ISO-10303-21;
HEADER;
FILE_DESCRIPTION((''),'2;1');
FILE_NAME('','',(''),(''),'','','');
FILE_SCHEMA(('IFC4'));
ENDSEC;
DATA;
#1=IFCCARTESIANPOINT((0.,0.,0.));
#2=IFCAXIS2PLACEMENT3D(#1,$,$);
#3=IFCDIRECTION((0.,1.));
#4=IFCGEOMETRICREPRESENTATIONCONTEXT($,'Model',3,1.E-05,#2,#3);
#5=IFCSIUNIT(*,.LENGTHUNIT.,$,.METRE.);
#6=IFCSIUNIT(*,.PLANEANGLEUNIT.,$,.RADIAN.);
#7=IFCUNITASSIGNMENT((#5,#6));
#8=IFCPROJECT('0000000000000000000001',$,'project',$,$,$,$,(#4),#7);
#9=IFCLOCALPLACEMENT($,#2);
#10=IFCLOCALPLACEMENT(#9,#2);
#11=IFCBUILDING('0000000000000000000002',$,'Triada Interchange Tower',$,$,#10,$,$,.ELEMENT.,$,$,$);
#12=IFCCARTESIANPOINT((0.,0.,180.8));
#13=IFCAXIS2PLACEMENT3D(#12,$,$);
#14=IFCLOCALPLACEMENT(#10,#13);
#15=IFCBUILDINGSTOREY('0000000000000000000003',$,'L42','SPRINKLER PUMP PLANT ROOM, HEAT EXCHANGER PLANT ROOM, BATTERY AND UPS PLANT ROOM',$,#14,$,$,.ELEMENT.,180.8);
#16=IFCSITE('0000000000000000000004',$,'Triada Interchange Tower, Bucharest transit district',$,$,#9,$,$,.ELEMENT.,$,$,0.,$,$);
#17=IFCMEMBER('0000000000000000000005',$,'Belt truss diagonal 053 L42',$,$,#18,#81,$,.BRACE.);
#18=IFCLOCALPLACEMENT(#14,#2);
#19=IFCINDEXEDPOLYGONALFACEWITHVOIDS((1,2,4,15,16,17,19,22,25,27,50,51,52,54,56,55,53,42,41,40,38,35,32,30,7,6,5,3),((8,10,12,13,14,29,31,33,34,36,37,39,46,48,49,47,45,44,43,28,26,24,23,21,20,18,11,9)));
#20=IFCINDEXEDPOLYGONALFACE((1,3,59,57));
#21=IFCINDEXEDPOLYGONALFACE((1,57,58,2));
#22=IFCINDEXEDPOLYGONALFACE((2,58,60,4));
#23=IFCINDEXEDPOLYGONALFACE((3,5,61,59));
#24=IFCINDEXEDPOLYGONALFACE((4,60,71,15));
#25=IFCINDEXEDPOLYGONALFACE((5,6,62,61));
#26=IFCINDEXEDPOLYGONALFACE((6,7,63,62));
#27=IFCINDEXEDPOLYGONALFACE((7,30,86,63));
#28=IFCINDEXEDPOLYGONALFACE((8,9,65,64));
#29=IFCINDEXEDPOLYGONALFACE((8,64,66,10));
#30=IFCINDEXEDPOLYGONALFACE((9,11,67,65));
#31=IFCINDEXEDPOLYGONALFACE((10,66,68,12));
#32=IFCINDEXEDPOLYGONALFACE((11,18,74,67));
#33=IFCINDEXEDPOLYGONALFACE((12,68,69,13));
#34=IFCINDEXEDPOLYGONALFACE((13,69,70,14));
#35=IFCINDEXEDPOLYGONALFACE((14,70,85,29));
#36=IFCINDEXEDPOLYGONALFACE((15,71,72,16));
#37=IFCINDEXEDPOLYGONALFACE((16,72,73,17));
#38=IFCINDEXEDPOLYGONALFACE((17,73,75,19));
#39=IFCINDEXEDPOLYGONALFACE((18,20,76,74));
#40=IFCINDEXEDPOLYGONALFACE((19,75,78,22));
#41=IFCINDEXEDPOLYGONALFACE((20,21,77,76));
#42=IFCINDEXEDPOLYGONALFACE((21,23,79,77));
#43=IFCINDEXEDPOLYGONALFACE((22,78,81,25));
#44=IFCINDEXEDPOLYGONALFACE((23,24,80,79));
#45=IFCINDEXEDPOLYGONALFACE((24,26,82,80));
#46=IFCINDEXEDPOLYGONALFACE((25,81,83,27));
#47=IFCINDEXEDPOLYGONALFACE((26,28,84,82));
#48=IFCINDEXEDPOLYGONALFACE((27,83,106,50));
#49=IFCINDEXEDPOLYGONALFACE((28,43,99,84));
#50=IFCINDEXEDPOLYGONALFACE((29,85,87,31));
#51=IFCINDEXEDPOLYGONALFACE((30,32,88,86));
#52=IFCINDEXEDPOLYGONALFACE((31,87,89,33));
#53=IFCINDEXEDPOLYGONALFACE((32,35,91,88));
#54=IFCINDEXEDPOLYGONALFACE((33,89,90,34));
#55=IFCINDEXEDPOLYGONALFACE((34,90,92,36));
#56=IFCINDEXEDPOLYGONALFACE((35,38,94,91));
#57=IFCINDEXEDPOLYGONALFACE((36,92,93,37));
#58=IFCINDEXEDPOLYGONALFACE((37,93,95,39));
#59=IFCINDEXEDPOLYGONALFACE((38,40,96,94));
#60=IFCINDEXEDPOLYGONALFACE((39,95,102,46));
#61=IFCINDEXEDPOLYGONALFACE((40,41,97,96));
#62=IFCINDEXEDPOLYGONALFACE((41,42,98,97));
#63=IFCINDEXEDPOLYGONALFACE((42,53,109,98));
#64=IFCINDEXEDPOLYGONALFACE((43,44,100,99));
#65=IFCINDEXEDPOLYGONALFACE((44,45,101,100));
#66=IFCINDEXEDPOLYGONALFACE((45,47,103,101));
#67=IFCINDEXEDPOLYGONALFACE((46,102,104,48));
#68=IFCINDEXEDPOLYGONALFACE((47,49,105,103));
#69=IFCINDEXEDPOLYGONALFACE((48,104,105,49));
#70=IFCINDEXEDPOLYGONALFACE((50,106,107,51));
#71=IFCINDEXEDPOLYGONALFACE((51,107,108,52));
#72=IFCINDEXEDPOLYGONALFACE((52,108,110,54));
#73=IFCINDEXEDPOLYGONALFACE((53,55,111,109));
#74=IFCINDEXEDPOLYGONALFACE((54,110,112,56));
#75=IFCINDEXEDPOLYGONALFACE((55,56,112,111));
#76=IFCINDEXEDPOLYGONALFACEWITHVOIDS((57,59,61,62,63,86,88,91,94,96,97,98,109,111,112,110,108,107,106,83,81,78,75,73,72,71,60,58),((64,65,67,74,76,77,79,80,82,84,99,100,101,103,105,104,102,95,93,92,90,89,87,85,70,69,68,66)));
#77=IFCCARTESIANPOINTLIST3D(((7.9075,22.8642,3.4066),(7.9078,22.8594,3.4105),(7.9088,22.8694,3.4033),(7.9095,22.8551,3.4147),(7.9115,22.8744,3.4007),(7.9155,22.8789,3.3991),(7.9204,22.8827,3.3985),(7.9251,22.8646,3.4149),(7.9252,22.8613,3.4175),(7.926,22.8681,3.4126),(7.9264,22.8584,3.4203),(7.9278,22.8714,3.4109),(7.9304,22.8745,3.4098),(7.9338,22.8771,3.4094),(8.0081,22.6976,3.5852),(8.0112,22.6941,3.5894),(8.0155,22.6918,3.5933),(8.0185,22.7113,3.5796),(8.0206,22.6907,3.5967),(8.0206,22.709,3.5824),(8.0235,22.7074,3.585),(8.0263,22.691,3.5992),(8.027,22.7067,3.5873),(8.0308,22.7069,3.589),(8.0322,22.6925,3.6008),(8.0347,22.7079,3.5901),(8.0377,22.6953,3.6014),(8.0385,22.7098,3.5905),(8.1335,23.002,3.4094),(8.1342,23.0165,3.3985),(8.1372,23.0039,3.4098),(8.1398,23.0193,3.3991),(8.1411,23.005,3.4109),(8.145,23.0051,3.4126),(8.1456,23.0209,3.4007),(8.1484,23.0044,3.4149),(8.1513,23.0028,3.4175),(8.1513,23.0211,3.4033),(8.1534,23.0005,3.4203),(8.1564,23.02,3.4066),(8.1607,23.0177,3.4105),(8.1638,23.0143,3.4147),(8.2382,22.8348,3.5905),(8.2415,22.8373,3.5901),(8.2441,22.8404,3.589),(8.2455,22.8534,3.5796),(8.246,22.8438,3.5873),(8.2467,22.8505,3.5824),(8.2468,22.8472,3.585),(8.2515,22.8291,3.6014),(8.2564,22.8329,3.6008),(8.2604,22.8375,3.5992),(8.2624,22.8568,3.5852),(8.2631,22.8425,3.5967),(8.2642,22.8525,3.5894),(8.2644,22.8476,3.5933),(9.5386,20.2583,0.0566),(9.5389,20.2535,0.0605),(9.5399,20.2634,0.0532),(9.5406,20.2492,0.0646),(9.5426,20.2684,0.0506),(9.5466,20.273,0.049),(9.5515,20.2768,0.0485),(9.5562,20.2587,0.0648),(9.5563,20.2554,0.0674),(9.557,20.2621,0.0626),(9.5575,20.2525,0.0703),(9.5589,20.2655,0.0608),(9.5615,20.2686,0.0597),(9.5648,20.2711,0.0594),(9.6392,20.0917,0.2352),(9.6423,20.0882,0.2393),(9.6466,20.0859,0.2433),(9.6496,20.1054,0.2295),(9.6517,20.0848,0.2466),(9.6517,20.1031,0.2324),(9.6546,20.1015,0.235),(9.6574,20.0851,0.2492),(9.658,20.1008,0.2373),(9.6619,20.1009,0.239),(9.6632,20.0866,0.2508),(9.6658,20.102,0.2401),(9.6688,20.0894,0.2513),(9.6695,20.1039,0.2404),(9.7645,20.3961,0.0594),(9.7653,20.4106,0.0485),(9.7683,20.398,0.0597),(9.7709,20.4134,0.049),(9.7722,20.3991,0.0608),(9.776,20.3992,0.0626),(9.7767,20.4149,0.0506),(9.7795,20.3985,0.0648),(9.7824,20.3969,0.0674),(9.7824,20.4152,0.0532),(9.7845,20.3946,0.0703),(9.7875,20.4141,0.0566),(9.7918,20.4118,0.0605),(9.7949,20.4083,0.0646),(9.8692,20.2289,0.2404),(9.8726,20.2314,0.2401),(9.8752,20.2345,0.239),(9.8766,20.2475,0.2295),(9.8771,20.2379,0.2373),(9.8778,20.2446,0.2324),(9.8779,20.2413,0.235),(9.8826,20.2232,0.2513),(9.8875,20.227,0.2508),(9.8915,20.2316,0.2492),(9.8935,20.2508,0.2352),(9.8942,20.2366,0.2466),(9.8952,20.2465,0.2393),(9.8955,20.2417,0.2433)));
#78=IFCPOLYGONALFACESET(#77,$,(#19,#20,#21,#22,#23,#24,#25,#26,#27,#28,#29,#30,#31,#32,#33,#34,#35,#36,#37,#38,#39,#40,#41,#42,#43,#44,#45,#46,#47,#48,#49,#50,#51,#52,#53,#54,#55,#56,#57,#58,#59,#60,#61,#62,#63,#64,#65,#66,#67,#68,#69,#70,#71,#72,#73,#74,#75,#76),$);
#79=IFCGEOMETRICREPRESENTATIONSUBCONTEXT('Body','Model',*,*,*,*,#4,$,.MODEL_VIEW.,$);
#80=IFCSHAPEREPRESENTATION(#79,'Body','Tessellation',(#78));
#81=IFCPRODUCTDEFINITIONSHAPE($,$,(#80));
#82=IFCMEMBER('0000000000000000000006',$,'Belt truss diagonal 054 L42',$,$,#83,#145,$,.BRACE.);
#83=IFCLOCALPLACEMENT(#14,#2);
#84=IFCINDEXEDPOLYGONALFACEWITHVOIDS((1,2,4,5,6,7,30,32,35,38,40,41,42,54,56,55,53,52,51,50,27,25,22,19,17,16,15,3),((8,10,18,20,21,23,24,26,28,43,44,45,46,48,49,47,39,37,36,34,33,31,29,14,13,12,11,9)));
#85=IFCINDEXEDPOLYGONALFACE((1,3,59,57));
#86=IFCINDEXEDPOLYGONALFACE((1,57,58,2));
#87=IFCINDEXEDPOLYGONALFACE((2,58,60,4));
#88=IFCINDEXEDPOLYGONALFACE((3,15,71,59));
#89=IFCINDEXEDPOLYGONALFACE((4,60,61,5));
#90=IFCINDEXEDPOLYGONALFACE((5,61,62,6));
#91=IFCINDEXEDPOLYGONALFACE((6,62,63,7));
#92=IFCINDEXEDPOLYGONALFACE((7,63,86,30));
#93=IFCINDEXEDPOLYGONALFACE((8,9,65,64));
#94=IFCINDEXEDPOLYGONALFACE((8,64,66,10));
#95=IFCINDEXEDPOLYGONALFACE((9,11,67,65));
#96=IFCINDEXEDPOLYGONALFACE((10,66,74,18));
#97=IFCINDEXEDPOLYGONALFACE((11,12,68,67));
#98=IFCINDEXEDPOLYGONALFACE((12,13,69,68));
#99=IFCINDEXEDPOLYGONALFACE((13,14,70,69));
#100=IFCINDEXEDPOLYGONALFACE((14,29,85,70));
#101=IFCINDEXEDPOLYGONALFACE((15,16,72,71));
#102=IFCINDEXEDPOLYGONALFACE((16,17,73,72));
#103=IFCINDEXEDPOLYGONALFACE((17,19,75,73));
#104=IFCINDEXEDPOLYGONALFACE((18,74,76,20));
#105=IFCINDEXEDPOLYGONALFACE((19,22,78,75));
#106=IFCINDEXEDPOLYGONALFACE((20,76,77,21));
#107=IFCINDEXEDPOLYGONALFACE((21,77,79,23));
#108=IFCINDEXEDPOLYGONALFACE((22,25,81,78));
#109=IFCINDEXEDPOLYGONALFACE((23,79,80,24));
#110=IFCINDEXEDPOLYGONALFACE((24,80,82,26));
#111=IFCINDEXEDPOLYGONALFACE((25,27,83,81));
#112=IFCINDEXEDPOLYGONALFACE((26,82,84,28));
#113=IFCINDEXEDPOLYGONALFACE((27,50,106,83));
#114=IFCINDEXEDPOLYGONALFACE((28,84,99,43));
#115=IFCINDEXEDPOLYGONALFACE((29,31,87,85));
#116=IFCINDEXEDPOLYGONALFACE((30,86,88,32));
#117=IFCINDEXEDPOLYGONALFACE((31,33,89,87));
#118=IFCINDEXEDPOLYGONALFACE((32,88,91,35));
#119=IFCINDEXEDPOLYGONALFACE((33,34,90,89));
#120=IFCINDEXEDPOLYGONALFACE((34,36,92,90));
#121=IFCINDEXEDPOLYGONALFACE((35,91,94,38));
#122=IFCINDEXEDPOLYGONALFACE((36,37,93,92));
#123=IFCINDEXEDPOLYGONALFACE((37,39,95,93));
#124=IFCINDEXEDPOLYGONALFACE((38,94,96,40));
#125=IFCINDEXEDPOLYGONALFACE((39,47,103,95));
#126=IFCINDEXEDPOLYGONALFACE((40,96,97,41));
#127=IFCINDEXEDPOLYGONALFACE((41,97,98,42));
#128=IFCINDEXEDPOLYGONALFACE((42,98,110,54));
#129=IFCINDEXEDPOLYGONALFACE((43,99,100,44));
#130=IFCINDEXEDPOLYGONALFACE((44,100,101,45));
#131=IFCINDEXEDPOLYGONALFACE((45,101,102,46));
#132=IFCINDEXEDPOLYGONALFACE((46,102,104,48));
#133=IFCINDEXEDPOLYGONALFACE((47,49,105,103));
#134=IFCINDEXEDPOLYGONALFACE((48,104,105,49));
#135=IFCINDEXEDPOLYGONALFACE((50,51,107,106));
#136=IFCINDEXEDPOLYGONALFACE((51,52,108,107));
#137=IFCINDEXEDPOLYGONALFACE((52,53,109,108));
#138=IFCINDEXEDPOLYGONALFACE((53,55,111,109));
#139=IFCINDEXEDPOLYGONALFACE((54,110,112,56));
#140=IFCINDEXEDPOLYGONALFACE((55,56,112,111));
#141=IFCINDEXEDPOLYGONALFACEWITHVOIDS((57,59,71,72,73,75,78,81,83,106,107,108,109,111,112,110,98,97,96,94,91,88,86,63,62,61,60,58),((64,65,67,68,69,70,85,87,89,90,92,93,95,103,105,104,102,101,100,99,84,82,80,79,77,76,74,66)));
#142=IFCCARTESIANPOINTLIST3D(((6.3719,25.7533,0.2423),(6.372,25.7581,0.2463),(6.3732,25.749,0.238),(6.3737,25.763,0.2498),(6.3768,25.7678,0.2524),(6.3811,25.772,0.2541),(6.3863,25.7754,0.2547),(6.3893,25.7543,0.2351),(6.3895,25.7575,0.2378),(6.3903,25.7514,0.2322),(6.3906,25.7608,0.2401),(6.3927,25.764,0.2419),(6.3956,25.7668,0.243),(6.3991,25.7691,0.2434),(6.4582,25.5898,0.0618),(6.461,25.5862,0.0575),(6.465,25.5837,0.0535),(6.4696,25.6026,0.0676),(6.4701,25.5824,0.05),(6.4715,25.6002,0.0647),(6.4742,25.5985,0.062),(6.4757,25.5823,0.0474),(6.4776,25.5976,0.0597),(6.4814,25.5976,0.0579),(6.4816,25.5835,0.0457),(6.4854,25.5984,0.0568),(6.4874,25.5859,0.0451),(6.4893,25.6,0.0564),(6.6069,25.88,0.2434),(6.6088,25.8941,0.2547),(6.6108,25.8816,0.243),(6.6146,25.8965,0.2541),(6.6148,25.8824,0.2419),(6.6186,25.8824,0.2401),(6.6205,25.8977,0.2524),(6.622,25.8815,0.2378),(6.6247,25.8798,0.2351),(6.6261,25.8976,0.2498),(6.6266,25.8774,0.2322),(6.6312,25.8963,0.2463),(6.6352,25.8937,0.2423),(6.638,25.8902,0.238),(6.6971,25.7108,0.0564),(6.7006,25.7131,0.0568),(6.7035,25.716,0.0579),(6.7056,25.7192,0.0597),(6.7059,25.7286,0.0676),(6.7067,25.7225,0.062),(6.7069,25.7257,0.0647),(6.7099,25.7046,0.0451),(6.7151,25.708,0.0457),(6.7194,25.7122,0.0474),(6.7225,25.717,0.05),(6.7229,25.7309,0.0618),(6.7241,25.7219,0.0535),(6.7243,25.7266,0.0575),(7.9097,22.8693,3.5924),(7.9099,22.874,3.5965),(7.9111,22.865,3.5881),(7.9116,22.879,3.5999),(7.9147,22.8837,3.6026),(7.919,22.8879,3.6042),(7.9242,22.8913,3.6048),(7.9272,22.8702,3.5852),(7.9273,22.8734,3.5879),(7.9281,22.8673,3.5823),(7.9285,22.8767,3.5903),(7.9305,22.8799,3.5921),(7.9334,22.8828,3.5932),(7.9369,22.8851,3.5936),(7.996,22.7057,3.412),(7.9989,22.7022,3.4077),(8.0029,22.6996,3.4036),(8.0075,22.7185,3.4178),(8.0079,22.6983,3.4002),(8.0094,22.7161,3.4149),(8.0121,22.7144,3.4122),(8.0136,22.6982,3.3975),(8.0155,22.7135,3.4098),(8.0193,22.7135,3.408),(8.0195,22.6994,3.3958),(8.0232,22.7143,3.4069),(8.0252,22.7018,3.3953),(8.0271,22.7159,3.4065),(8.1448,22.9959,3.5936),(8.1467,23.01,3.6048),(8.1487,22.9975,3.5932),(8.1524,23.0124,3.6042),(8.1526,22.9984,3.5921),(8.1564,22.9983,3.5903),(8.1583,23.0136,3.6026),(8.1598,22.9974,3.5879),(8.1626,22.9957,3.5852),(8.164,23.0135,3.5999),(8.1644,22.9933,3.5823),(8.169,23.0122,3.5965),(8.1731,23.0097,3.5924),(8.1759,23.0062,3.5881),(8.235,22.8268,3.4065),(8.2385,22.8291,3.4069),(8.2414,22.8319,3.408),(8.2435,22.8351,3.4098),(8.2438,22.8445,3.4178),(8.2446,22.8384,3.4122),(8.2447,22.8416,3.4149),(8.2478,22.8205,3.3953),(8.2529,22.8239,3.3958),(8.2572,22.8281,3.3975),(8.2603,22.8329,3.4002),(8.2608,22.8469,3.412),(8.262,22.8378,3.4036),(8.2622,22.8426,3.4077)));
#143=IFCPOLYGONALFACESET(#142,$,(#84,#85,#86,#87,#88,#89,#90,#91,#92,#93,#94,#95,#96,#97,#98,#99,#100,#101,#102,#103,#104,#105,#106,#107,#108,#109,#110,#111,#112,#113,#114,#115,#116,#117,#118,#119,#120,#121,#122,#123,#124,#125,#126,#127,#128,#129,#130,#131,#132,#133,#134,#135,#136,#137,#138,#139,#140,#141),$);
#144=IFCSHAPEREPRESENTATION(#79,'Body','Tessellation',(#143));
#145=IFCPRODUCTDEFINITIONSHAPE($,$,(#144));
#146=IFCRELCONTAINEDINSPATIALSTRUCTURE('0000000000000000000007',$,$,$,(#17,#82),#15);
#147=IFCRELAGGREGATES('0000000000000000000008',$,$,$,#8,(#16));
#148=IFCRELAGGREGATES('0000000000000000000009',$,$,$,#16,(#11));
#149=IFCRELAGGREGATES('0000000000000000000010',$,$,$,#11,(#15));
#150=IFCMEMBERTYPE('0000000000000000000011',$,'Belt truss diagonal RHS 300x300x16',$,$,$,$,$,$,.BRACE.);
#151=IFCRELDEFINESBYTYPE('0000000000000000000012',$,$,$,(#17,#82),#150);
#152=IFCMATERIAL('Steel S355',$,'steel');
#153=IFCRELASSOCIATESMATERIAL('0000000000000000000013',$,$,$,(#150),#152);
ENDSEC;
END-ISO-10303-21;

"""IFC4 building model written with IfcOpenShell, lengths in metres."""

from ifc_helpers import new_model, si_unit, direction, frame, origin, origin_2d, place, context, subcontext, project, spatial, hollow_rectangle, extrude, material, material_profile, profile_set, type_object, element, save


model = new_model("IFC4")

# Units and contexts
model_context = context("Model", 3, precision=1e-05, world=origin(), true_north=direction((0.0, 1.0)))
body_context = subcontext(model_context, "Body", "Model", "MODEL_VIEW")
ifc_project = project(units=[si_unit("LENGTHUNIT", "METRE"), si_unit("PLANEANGLEUNIT", "RADIAN")], contexts=[model_context])

# Site, building, storey
site_placement = place(None, origin())
site = spatial("IfcSite", under=ifc_project, at=site_placement, Name="Triada Interchange Tower, Bucharest transit district", CompositionType="ELEMENT", RefElevation=0.0)
building_placement = place(site_placement, origin())
building = spatial("IfcBuilding", under=site, at=building_placement, Name="Triada Interchange Tower", CompositionType="ELEMENT")
storey_placement = place(building_placement, frame((0.0, 0.0, 180.8)))
storey = spatial("IfcBuildingStorey", under=building, at=storey_placement, Name="L42", Description="SPRINKLER PUMP PLANT ROOM, HEAT EXCHANGER PLANT ROOM, BATTERY AND UPS PLANT ROOM", CompositionType="ELEMENT", Elevation=180.8)

# Members
ifc_material_1 = material(Name="Steel S355", Category="steel")
ifc_material_profile_1 = material_profile(ifc_material_1, hollow_rectangle(XDim=0.3, YDim=0.3, WallThickness=0.0161, InnerFilletRadius=0.0161, OuterFilletRadius=0.0239, at=origin_2d()), Name="RHS 300x300x16")
ifc_profile_set_1 = profile_set([ifc_material_profile_1], Name="Steel S355")
member_type_1 = type_object("IfcMemberType", Name="Belt truss diagonal RHS 300x300x16", PredefinedType="BRACE", material=ifc_profile_set_1)
member_1_placement = place(storey_placement, frame((9.717, 20.25, 0.1499), z_axis=(-0.358726, 0.573123, 0.736781), x_axis=(-0.84765, -0.530556, 0.0)))
element("IfcMember", 1, at=member_1_placement, inside=storey, type_object=member_type_1, Name="Belt truss diagonal 053 L42", PredefinedType="BRACE", context=body_context, shape_type="SweptSolid", body=[
    extrude(hollow_rectangle(XDim=0.3, YDim=0.3, WallThickness=0.0161, InnerFilletRadius=0.0161, OuterFilletRadius=0.0239, at=origin_2d()), origin(), (0.0, 0.0, 1.0), 4.5469),
])
member_2_placement = place(storey_placement, frame((6.5481, 25.74, 0.1499), z_axis=(0.328573, -0.616199, 0.715778), x_axis=(0.882392, 0.470515, 0.0)))
element("IfcMember", 2, at=member_2_placement, inside=storey, type_object=member_type_1, Name="Belt truss diagonal 054 L42", PredefinedType="BRACE", context=body_context, shape_type="SweptSolid", body=[
    extrude(hollow_rectangle(XDim=0.3, YDim=0.3, WallThickness=0.0161, InnerFilletRadius=0.0161, OuterFilletRadius=0.0239, at=origin_2d()), origin(), (0.0, 0.0, 1.0), 4.6804),
])

save(model, "model.ifc")
